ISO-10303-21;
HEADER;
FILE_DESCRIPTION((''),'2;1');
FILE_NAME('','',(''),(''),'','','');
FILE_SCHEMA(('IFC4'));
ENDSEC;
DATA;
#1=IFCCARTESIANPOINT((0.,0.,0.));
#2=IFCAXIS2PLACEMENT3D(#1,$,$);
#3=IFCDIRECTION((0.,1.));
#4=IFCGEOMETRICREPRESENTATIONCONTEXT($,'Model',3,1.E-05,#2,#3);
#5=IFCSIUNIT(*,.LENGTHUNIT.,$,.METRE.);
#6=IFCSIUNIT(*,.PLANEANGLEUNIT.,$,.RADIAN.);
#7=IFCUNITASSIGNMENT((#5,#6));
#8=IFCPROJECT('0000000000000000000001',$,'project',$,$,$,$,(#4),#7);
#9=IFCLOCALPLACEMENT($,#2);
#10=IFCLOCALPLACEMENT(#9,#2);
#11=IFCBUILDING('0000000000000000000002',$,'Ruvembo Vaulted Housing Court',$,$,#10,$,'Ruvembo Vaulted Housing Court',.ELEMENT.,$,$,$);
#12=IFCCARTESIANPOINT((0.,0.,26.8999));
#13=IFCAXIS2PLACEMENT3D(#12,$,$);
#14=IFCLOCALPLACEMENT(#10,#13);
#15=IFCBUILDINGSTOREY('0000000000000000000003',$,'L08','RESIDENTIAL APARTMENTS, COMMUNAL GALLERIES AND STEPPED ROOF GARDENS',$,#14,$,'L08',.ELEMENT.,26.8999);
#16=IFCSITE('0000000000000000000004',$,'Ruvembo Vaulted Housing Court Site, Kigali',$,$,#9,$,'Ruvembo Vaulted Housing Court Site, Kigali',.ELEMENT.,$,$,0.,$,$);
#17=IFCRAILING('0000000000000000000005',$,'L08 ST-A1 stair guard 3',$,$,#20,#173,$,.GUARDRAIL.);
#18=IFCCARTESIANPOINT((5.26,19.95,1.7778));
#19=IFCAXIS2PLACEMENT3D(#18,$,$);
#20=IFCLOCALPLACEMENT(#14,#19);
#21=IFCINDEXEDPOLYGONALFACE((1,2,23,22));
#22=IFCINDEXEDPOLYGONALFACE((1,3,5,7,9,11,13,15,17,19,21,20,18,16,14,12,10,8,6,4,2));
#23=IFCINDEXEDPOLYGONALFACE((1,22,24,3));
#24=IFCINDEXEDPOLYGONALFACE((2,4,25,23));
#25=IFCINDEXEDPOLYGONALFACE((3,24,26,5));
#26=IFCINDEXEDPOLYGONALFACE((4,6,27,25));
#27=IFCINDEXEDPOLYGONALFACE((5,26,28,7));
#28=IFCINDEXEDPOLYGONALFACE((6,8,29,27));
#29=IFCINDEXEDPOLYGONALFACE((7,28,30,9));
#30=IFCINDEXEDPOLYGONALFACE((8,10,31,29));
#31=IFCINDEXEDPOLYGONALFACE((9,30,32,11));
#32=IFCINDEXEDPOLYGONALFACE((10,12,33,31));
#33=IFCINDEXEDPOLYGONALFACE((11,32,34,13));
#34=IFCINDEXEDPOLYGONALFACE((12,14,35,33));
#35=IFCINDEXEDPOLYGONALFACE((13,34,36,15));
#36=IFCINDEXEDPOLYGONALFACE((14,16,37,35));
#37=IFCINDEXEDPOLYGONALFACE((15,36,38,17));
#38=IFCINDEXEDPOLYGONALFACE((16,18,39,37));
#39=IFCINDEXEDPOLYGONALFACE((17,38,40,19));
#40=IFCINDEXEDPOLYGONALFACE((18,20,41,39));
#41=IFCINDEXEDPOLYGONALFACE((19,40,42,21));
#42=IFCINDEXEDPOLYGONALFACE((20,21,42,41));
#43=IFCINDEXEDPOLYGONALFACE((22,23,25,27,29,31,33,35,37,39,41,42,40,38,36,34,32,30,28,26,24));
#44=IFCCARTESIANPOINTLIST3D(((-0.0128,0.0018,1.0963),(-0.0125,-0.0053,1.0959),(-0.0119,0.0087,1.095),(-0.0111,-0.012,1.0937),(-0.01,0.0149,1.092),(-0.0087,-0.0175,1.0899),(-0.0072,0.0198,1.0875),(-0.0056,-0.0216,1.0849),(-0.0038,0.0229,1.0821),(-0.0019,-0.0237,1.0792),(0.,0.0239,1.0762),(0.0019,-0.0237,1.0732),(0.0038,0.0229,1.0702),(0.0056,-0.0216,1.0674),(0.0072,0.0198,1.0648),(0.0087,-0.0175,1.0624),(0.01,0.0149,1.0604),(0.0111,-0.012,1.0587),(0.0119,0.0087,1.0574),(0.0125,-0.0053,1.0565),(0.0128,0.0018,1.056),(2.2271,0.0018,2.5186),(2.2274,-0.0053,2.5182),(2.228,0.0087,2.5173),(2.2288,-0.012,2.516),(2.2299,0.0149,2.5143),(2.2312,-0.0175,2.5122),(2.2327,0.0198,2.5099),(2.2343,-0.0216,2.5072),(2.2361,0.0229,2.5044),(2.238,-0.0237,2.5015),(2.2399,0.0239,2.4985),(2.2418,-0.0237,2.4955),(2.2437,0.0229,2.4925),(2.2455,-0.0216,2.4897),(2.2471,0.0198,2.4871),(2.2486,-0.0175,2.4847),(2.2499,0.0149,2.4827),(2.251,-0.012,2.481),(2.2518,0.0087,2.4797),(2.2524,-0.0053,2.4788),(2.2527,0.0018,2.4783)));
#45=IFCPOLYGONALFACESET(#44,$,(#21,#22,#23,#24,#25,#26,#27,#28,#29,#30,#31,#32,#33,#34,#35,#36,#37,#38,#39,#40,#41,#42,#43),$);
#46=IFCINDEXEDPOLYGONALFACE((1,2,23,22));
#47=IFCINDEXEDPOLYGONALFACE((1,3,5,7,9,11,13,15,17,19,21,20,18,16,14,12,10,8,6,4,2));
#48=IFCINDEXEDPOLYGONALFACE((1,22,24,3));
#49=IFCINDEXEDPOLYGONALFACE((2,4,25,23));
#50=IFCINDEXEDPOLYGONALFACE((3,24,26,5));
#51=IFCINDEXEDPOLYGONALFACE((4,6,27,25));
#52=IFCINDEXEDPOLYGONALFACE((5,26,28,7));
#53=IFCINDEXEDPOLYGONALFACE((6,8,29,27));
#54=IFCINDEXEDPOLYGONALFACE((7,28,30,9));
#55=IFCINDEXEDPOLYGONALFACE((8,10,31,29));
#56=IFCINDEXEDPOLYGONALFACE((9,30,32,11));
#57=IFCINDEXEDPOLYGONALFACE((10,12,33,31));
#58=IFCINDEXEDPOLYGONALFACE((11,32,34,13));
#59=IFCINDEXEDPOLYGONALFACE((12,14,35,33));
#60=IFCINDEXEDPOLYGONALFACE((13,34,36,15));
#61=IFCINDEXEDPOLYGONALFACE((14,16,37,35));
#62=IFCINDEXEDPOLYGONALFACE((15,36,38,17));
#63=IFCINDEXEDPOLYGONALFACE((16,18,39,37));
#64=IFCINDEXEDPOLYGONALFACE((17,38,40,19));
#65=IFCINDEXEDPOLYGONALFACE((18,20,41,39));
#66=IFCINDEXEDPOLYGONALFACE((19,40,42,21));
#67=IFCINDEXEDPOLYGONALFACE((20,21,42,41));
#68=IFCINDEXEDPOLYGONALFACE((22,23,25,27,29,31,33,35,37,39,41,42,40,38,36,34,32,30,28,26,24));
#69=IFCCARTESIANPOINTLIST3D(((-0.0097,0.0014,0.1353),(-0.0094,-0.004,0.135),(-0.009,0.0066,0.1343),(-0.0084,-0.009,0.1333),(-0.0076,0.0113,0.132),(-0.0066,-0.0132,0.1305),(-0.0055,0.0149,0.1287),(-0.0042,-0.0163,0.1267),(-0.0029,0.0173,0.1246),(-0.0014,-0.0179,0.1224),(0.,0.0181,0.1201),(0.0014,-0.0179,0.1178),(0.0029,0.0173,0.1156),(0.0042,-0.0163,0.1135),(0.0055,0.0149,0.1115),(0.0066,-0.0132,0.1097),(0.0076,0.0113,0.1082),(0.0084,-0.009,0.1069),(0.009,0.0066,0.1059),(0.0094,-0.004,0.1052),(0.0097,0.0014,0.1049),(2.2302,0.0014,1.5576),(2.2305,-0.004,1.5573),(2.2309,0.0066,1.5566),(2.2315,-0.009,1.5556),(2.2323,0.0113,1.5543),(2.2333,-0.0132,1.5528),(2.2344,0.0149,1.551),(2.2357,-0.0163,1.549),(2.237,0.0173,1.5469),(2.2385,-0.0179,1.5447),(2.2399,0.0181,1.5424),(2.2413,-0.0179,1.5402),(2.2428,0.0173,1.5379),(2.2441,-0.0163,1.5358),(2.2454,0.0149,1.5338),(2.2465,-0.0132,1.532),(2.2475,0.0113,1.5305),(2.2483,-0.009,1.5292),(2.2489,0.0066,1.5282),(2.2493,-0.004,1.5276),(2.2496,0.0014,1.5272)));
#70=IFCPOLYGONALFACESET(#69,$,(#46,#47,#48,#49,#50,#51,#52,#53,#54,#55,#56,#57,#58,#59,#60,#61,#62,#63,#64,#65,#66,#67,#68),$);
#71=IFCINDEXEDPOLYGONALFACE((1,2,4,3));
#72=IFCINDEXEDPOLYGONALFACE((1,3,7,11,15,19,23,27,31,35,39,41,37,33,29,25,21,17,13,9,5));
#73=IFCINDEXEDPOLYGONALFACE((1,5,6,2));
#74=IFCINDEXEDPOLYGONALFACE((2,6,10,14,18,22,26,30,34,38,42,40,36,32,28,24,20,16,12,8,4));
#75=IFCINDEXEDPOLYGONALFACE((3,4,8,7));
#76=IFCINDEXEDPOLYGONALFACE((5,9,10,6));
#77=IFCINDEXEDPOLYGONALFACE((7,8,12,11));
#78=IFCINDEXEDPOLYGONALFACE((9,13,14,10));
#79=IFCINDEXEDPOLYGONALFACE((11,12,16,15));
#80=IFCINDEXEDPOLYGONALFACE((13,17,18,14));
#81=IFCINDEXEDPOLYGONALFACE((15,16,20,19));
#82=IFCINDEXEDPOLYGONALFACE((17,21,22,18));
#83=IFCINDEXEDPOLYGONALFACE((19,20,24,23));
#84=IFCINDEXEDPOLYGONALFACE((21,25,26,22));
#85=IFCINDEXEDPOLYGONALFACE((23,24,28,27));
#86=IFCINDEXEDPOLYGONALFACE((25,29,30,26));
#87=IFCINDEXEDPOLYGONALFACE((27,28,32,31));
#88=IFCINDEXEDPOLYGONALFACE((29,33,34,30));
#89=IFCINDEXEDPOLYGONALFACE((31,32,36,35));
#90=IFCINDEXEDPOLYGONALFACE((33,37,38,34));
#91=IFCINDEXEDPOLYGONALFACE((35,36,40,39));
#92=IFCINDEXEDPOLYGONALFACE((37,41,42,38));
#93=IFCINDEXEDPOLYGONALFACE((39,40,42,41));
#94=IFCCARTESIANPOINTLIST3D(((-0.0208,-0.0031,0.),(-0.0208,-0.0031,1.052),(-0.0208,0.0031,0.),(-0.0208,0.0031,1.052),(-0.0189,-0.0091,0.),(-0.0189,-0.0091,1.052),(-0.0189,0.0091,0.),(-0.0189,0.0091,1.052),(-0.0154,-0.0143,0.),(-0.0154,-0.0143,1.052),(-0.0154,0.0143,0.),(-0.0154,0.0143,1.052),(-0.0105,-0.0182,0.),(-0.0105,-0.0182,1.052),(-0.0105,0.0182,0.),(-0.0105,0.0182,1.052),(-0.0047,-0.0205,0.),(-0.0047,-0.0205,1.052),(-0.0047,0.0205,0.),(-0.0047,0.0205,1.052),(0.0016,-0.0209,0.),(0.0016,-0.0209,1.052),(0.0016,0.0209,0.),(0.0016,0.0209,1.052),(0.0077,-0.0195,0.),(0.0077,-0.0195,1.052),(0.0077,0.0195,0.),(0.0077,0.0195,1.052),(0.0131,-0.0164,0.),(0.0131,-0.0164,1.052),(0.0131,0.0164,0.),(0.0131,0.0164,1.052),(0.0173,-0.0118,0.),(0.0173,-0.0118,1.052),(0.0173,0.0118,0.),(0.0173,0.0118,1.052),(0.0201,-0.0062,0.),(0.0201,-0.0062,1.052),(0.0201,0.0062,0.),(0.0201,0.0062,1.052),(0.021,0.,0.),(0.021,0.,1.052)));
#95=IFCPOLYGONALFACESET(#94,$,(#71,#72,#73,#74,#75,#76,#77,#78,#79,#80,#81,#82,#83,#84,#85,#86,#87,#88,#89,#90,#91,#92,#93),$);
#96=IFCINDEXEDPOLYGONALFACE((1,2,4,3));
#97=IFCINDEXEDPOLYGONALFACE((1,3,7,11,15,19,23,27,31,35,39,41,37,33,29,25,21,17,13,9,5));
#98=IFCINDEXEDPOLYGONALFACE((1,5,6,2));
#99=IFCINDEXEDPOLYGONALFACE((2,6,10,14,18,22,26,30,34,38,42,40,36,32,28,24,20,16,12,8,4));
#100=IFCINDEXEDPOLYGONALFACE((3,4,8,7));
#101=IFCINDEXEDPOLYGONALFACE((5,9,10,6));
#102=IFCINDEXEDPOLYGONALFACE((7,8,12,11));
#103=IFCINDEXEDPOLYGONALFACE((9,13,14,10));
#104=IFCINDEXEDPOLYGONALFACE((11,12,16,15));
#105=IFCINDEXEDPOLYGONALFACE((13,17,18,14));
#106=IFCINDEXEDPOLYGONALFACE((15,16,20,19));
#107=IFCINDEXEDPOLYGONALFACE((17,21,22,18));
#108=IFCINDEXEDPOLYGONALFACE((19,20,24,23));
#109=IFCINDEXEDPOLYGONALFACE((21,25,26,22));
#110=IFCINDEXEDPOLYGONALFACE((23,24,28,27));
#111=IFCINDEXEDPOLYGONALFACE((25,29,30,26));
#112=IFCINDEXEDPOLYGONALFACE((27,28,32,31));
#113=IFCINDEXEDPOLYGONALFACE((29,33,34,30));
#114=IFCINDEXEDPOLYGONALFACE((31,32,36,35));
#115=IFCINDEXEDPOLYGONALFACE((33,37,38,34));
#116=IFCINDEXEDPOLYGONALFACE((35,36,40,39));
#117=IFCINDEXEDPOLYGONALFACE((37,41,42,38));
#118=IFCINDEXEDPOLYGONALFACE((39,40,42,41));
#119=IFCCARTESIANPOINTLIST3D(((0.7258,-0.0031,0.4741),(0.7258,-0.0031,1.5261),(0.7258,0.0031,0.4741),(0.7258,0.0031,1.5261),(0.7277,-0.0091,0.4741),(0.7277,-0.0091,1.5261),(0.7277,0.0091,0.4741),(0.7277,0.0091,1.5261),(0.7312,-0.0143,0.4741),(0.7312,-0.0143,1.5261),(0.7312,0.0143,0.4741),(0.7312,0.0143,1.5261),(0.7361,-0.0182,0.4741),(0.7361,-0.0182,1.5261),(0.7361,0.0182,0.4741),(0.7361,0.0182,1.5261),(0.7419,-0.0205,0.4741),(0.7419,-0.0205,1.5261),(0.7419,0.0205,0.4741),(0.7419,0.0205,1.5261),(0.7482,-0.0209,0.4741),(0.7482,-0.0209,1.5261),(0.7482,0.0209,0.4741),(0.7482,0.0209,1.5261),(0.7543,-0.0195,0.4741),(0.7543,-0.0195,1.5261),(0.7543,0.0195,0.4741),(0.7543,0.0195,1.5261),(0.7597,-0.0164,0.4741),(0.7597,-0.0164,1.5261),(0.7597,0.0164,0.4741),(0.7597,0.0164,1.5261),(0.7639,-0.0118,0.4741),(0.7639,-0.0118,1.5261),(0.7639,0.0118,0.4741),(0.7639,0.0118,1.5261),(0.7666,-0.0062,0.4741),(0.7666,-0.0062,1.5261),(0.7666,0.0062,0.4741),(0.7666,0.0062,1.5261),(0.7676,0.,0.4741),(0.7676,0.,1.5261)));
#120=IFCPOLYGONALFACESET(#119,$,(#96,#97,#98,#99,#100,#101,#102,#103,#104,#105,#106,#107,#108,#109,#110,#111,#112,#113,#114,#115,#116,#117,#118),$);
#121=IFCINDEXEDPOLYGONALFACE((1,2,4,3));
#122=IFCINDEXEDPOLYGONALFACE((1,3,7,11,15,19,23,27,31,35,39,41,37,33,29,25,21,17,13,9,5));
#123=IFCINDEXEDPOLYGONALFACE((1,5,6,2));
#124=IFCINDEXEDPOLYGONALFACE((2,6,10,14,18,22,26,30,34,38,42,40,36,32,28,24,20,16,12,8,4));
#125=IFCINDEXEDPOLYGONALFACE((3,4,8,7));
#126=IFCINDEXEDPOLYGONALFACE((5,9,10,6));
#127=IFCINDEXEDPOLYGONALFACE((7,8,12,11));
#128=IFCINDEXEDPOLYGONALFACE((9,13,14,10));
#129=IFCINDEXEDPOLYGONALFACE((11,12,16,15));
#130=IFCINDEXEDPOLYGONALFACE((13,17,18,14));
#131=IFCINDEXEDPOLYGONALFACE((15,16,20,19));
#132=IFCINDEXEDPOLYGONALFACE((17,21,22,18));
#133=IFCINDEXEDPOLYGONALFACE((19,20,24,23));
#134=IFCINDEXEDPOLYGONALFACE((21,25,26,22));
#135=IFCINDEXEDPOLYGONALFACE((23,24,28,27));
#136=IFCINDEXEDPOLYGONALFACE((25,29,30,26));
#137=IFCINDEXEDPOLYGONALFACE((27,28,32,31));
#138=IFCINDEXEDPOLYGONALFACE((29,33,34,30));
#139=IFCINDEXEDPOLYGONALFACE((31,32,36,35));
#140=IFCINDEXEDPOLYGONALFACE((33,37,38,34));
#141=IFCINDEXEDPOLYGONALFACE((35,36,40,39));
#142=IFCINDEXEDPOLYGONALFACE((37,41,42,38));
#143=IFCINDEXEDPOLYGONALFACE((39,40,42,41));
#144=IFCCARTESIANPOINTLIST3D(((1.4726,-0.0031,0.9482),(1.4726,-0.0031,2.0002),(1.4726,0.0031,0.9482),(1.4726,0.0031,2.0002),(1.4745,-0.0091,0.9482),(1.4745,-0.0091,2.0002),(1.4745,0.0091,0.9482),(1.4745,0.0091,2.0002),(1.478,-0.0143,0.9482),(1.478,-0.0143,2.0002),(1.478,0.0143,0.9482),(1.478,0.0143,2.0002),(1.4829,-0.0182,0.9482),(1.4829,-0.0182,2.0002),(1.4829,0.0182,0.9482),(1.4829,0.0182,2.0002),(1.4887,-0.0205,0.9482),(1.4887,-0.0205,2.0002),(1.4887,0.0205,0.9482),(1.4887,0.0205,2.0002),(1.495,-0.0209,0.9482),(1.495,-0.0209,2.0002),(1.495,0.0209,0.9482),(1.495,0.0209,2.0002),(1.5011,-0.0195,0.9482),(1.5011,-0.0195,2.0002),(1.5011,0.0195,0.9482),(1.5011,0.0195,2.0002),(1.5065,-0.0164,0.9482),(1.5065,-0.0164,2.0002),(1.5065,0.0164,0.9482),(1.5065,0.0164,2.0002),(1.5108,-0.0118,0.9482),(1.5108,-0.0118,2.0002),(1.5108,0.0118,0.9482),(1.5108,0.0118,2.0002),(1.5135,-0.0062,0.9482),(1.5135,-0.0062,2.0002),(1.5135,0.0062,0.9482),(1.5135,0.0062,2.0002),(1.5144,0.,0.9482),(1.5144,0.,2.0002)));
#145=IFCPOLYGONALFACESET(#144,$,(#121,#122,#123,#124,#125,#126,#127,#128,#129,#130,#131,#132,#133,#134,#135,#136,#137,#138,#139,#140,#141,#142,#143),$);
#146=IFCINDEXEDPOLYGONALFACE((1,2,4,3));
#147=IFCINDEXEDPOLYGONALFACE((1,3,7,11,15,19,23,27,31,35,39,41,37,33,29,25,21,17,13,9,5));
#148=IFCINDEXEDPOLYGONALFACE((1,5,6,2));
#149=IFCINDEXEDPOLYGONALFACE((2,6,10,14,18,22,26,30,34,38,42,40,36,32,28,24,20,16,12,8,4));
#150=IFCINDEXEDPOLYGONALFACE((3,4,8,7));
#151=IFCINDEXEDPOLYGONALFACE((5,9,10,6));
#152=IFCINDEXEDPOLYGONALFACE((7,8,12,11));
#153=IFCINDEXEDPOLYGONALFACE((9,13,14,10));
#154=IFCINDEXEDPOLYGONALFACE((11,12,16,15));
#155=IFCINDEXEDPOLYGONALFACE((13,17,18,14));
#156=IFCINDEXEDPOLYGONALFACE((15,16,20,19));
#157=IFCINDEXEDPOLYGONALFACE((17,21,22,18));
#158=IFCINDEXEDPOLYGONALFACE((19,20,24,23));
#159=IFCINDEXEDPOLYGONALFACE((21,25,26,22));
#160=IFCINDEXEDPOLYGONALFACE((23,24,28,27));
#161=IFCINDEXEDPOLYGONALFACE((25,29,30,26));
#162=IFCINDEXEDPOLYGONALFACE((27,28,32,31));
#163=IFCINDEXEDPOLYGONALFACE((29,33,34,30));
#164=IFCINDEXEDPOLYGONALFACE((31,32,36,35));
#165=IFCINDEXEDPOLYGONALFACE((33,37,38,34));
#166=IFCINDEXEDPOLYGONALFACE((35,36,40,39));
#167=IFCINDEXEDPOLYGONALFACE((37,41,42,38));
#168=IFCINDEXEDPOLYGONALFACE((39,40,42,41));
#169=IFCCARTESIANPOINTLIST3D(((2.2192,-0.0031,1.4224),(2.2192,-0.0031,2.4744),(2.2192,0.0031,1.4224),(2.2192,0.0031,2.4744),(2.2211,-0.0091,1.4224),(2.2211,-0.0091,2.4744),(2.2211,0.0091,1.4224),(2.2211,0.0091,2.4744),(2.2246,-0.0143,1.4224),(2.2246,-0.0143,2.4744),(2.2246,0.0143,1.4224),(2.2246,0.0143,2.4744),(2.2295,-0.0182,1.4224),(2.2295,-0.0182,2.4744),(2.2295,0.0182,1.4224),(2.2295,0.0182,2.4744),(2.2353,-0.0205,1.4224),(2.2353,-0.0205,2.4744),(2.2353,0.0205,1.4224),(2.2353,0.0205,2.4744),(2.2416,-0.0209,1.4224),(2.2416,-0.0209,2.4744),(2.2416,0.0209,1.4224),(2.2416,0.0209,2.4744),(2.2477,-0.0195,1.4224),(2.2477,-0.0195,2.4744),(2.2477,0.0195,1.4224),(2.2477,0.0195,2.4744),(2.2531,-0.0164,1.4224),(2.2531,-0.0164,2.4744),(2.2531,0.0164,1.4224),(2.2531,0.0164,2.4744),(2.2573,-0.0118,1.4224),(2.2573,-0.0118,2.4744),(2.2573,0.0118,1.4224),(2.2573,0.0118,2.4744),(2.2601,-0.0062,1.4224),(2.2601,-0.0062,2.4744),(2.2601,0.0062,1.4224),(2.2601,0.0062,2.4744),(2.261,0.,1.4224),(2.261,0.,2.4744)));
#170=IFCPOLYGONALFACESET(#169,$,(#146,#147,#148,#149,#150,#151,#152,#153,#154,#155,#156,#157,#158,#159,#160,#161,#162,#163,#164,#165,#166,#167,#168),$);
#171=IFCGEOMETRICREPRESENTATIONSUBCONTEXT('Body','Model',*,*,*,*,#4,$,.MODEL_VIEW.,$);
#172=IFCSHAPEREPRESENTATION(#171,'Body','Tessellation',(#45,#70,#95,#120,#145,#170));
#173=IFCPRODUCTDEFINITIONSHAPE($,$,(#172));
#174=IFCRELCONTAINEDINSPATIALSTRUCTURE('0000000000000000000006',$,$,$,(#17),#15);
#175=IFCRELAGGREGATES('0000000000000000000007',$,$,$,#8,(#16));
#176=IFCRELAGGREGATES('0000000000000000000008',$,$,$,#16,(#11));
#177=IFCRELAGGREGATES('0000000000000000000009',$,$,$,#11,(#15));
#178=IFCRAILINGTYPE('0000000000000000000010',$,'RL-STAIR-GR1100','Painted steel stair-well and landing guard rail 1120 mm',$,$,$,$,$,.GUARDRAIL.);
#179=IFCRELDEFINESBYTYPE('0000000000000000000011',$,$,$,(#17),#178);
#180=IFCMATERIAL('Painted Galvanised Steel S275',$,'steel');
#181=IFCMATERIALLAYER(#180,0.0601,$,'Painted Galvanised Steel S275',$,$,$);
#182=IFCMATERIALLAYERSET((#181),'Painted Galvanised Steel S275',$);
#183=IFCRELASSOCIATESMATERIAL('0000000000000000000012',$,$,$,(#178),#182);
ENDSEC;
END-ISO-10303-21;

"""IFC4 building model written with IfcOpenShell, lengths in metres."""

from ifc_helpers import new_model, si_unit, direction, frame, origin, origin_2d, place, context, subcontext, project, spatial, circle, extrude, material, layer, layer_set, type_object, element, save


model = new_model("IFC4")

# Units and contexts
model_context = context("Model", 3, precision=1e-05, world=origin(), true_north=direction((0.0, 1.0)))
body_context = subcontext(model_context, "Body", "Model", "MODEL_VIEW")
ifc_project = project(units=[si_unit("LENGTHUNIT", "METRE"), si_unit("PLANEANGLEUNIT", "RADIAN")], contexts=[model_context])

# Site, building, storey
site_placement = place(None, origin())
site = spatial("IfcSite", under=ifc_project, at=site_placement, Name="Ruvembo Vaulted Housing Court Site, Kigali", LongName="Ruvembo Vaulted Housing Court Site, Kigali", CompositionType="ELEMENT", RefElevation=0.0)
building_placement = place(site_placement, origin())
building = spatial("IfcBuilding", under=site, at=building_placement, Name="Ruvembo Vaulted Housing Court", LongName="Ruvembo Vaulted Housing Court", CompositionType="ELEMENT")
storey_placement = place(building_placement, frame((0.0, 0.0, 26.8999)))
storey = spatial("IfcBuildingStorey", under=building, at=storey_placement, Name="L08", Description="RESIDENTIAL APARTMENTS, COMMUNAL GALLERIES AND STEPPED ROOF GARDENS", LongName="L08", CompositionType="ELEMENT", Elevation=26.8999)

# Railing
ifc_material_1 = material(Name="Painted Galvanised Steel S275", Category="steel")
ifc_layer_1 = layer(ifc_material_1, 0.0601, Name="Painted Galvanised Steel S275")
ifc_layer_set_1 = layer_set([ifc_layer_1], Name="Painted Galvanised Steel S275")
railing_type = type_object("IfcRailingType", Name="RL-STAIR-GR1100", Description="Painted steel stair-well and landing guard rail 1120 mm", PredefinedType="GUARDRAIL", material=ifc_layer_set_1)
railing_1_placement = place(storey_placement, frame((5.26, 19.95, 1.7778)))
element("IfcRailing", 1, at=railing_1_placement, inside=storey, type_object=railing_type, Name="L08 ST-A1 stair guard 3", PredefinedType="GUARDRAIL", context=body_context, shape_type="SweptSolid", body=[
    extrude(circle(Radius=0.0239, at=origin_2d()), frame((0.0, 0.0, 1.0762), z_axis=(0.844188, 0.0, 0.536048), x_axis=(0.0, 1.0, 0.0)), (0.0, 0.0, 1.0), 2.6533),
    extrude(circle(Radius=0.0181, at=origin_2d()), frame((0.0, 0.0, 0.1201), z_axis=(0.844188, 0.0, 0.536048), x_axis=(0.0, 1.0, 0.0)), (0.0, 0.0, 1.0), 2.6533),
    extrude(circle(Radius=0.021, at=origin_2d()), origin(), (0.0, 0.0, 1.0), 1.052),
    extrude(circle(Radius=0.021, at=origin_2d()), frame((0.7466, 0.0, 0.4741)), (0.0, 0.0, 1.0), 1.052),
    extrude(circle(Radius=0.021, at=origin_2d()), frame((1.4934, 0.0, 0.9482)), (0.0, 0.0, 1.0), 1.052),
    extrude(circle(Radius=0.021, at=origin_2d()), frame((2.24, 0.0, 1.4224)), (0.0, 0.0, 1.0), 1.052),
])

save(model, "model.ifc")
